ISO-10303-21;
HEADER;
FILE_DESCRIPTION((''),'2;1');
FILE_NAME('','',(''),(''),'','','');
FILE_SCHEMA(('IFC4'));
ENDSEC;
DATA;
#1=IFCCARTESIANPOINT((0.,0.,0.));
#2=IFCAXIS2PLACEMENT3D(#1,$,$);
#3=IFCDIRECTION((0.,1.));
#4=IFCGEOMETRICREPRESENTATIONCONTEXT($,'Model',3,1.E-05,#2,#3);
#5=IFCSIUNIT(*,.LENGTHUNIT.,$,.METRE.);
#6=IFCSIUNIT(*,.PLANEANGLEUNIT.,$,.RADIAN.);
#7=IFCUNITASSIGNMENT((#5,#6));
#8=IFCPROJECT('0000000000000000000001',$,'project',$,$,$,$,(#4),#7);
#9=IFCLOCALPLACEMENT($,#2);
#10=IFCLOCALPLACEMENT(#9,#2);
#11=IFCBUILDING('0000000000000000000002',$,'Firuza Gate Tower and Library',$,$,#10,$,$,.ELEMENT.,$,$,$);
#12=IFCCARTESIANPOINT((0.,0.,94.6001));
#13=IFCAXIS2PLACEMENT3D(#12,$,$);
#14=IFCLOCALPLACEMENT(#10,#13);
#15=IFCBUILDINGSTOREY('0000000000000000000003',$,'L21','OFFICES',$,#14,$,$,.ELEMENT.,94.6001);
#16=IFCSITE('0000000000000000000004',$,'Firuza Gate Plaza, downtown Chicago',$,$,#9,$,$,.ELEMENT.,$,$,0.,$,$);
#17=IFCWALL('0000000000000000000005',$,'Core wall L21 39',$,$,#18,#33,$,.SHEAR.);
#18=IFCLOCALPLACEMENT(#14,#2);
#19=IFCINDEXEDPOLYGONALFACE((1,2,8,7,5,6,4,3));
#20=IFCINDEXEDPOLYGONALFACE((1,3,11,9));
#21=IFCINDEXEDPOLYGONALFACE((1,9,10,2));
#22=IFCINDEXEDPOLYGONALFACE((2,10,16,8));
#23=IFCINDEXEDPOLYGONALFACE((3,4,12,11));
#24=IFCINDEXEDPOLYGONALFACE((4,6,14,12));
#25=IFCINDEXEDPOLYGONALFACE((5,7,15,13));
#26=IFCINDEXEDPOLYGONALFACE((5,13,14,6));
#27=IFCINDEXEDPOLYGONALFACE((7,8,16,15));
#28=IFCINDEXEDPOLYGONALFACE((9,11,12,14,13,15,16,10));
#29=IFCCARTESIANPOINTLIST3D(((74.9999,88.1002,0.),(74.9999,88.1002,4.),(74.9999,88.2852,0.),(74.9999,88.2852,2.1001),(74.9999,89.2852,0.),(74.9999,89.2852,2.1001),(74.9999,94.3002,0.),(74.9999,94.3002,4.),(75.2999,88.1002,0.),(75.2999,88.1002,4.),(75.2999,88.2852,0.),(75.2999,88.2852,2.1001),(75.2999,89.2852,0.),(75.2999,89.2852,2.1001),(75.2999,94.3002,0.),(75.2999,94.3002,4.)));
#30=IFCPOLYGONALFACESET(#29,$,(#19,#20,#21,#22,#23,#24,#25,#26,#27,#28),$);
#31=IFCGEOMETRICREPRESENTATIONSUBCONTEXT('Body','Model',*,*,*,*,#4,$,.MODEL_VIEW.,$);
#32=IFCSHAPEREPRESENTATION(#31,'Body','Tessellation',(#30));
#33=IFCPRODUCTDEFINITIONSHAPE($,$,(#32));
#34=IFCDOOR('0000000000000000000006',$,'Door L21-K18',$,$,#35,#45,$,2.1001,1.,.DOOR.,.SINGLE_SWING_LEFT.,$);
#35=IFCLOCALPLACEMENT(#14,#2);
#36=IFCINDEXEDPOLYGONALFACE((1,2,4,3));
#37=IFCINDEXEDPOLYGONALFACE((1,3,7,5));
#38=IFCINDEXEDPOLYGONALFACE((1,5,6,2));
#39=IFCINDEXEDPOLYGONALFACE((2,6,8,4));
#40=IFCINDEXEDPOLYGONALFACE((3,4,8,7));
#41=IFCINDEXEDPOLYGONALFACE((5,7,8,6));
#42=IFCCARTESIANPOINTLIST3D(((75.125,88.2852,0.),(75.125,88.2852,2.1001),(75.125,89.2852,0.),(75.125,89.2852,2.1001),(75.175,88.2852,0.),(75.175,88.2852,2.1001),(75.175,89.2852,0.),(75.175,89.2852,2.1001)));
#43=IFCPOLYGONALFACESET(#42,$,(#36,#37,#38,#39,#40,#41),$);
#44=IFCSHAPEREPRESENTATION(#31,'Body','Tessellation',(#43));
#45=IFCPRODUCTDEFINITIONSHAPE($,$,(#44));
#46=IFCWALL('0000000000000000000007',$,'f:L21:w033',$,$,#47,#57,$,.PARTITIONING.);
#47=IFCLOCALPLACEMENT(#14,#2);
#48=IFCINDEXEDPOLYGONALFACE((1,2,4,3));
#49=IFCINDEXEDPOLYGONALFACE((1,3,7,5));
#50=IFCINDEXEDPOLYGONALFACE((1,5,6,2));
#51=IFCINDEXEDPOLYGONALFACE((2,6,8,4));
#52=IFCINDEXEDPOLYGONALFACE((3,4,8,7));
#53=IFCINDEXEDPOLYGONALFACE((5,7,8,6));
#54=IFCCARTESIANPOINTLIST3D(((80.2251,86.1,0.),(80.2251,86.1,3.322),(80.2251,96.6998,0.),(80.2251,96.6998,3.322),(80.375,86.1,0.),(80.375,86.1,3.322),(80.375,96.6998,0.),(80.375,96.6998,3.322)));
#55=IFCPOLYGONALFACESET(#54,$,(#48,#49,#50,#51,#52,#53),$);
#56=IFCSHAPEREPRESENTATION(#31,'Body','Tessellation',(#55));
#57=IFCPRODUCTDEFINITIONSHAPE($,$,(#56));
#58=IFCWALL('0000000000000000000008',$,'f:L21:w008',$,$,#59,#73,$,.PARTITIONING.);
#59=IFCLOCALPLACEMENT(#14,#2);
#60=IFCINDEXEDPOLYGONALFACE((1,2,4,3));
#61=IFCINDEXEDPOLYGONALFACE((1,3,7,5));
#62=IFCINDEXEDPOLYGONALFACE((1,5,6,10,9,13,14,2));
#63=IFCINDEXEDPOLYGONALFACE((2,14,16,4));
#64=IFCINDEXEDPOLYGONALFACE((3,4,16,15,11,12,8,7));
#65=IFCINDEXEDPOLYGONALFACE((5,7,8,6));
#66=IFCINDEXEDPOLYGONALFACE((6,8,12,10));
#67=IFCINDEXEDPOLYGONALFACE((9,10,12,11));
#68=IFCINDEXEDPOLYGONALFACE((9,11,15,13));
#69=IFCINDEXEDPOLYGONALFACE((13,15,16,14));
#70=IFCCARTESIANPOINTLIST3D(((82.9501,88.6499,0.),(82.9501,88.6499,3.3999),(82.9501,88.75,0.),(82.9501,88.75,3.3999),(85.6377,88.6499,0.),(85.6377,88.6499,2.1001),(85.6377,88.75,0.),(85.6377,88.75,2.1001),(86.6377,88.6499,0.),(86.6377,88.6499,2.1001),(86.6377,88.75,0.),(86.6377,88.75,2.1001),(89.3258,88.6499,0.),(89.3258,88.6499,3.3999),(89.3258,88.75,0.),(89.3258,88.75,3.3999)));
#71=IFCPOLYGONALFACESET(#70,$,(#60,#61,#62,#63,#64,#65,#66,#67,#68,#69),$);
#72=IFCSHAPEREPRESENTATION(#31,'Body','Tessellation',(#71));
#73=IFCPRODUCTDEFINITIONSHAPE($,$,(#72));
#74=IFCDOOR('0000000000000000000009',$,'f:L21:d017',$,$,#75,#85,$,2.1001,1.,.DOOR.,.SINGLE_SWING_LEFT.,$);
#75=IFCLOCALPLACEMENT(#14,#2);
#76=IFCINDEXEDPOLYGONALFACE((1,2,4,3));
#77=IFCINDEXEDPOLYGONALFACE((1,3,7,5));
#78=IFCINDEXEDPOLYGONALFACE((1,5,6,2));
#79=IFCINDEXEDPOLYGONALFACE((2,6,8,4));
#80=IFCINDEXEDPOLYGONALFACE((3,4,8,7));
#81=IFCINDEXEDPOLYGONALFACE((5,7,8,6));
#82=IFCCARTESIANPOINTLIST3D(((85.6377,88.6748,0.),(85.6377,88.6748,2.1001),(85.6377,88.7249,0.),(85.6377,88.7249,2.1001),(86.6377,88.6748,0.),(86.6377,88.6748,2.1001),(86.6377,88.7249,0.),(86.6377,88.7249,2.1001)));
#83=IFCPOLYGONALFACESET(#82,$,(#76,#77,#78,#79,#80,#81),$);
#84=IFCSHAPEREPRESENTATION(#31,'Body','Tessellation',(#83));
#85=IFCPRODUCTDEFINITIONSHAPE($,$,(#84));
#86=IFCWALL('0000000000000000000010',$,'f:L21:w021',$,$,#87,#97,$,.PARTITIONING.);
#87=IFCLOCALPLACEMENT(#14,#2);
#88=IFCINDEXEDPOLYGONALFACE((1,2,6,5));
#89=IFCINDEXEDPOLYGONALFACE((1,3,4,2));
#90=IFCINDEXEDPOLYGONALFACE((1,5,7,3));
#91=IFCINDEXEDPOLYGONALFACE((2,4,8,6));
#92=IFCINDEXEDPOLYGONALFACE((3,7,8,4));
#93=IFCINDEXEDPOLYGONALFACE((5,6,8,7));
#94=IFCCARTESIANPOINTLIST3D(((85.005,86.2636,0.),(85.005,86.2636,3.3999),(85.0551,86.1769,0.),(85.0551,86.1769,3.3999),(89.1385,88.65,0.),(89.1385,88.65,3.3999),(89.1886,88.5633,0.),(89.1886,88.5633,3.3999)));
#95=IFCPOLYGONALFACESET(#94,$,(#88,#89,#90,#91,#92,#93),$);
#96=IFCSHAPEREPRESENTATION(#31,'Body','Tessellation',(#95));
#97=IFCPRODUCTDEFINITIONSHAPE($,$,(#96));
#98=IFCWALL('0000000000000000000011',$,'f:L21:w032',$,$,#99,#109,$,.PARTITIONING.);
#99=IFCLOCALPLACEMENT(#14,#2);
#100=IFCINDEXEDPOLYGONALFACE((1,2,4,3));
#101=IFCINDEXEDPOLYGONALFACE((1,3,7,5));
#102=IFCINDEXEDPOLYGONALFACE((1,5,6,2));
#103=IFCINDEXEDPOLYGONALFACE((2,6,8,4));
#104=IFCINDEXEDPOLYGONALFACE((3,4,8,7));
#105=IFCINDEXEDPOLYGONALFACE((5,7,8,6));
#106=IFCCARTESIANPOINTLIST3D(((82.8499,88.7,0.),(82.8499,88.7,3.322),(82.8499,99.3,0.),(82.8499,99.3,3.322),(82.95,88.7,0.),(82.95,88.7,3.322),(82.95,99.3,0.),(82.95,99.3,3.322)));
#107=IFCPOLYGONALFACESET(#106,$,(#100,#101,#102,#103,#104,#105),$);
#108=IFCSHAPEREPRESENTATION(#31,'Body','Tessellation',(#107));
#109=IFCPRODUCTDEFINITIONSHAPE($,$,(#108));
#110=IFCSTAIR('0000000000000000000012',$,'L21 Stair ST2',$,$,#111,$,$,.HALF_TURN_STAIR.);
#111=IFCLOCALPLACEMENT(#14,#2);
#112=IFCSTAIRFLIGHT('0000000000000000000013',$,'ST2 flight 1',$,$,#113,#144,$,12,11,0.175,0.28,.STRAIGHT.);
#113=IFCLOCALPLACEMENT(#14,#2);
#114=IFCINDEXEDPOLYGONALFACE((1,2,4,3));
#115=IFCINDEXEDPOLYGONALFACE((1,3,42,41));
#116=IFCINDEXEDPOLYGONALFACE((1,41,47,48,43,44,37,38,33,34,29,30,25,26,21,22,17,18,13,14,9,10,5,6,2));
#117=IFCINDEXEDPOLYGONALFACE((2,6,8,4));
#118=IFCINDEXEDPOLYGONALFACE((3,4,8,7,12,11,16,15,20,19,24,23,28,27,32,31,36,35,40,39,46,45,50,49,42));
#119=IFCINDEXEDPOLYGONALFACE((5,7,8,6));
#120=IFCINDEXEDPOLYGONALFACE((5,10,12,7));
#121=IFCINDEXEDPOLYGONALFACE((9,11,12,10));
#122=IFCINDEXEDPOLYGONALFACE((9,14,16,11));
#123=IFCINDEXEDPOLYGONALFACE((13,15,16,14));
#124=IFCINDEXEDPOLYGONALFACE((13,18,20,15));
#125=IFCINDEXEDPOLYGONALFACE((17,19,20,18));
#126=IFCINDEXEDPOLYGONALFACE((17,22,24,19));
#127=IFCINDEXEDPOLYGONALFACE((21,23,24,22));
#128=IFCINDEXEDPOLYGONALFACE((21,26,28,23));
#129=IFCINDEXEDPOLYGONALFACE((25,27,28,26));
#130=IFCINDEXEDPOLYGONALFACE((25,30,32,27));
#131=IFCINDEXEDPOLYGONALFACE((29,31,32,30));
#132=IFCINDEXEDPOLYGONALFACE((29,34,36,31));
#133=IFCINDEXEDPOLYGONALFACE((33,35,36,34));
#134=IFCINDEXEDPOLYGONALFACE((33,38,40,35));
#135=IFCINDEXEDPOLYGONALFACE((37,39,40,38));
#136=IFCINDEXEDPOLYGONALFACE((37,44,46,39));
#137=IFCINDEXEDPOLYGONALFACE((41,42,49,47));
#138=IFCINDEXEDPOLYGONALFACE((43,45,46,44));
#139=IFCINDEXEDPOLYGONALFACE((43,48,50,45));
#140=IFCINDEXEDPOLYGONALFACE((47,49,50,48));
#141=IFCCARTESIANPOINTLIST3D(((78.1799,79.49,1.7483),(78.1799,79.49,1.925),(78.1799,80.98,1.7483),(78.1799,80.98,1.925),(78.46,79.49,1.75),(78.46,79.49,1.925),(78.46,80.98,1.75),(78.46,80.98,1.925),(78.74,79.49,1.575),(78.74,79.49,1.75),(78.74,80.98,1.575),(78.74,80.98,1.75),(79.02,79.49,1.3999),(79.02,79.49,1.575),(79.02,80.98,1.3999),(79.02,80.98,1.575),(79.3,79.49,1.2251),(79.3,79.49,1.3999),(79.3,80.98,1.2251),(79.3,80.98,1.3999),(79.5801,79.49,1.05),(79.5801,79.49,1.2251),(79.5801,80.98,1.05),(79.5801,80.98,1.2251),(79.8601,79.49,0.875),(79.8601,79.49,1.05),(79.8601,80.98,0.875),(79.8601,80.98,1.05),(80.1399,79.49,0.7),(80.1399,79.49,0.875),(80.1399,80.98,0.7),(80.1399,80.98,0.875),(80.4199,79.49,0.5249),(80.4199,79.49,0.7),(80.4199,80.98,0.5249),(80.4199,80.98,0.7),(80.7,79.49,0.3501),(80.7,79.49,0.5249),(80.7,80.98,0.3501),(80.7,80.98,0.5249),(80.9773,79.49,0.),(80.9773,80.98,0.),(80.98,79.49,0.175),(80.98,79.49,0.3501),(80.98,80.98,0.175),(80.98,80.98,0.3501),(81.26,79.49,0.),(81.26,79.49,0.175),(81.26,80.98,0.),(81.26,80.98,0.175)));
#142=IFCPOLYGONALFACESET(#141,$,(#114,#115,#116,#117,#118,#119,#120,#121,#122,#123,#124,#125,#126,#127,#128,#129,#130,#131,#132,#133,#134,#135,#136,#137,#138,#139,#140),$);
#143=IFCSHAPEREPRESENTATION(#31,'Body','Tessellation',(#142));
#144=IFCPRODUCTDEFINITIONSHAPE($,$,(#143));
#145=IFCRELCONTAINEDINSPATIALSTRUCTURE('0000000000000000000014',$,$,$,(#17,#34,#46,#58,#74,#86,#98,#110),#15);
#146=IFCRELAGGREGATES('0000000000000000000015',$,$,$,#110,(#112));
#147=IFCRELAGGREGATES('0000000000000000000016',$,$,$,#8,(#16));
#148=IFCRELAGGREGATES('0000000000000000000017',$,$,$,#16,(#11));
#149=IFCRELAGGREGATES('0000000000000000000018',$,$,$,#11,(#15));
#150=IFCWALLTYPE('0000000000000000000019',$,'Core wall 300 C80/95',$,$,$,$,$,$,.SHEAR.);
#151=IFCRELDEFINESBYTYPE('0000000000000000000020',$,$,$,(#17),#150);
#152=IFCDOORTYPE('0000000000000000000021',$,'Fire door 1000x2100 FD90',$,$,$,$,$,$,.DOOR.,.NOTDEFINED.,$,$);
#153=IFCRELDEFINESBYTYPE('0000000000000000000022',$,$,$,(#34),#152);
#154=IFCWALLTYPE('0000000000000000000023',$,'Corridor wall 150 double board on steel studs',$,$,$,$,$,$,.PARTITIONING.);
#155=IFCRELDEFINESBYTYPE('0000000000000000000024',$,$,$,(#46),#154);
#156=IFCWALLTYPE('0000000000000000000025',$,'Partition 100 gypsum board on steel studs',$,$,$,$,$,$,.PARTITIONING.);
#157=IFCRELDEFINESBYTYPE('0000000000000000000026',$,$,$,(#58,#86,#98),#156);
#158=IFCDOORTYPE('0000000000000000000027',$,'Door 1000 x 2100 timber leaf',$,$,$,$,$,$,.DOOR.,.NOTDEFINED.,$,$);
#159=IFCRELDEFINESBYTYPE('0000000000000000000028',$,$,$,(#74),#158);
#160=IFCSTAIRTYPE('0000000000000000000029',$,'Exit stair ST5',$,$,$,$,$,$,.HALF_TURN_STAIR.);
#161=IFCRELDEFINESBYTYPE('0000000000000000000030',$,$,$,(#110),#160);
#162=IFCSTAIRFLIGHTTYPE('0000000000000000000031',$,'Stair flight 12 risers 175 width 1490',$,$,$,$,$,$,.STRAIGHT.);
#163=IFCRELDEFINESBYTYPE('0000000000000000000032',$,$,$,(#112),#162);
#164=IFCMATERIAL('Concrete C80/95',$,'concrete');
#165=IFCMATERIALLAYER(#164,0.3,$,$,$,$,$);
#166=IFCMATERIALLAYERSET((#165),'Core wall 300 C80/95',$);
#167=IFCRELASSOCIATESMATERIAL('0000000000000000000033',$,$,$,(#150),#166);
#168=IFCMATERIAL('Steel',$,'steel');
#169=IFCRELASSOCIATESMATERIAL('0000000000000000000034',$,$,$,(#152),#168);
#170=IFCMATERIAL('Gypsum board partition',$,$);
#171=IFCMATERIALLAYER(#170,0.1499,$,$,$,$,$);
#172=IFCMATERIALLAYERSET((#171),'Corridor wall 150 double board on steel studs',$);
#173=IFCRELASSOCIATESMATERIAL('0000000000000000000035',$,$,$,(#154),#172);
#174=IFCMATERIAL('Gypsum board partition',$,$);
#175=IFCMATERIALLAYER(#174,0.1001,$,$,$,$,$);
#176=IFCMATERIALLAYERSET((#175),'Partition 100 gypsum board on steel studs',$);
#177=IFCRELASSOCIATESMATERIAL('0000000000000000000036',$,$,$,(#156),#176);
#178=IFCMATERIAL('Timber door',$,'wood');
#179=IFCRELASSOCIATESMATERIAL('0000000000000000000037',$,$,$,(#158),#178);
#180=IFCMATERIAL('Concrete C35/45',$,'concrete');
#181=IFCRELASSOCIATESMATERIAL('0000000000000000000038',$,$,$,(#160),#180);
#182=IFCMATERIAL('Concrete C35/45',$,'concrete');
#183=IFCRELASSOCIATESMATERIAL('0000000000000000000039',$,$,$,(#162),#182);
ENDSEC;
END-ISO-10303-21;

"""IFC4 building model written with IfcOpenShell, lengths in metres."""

from ifc_helpers import new_model, si_unit, direction, frame, frame_2d, origin, place, context, subcontext, project, spatial, polyline, rectangle, outline, extrude, material, layer, layer_set, type_object, element, fill, aggregate, save


model = new_model("IFC4")

# Units and contexts
model_context = context("Model", 3, precision=1e-05, world=origin(), true_north=direction((0.0, 1.0)))
body_context = subcontext(model_context, "Body", "Model", "MODEL_VIEW")
ifc_project = project(units=[si_unit("LENGTHUNIT", "METRE"), si_unit("PLANEANGLEUNIT", "RADIAN")], contexts=[model_context])

# Site, building, storey
site_placement = place(None, origin())
site = spatial("IfcSite", under=ifc_project, at=site_placement, Name="Firuza Gate Plaza, downtown Chicago", CompositionType="ELEMENT", RefElevation=0.0)
building_placement = place(site_placement, origin())
building = spatial("IfcBuilding", under=site, at=building_placement, Name="Firuza Gate Tower and Library", CompositionType="ELEMENT")
storey_placement = place(building_placement, frame((0.0, 0.0, 94.6001)))
storey = spatial("IfcBuildingStorey", under=building, at=storey_placement, Name="L21", Description="OFFICES", CompositionType="ELEMENT", Elevation=94.6001)

# Shared definitions
ifc_material_1 = material(Name="Concrete C80/95", Category="concrete")
ifc_layer_1 = layer(ifc_material_1, 0.3)
ifc_layer_set_1 = layer_set([ifc_layer_1], Name="Core wall 300 C80/95")
wall_type_1 = type_object("IfcWallType", Name="Core wall 300 C80/95", PredefinedType="SHEAR", material=ifc_layer_set_1)

# Shared definitions
ifc_material_2 = material(Name="Steel", Category="steel")
door_type_1 = type_object("IfcDoorType", Name="Fire door 1000x2100 FD90", OperationType="NOTDEFINED", PredefinedType="DOOR", material=ifc_material_2)

# Wall, opening, door
wall_1_placement = place(storey_placement, frame((75.1499, 88.1001, 0.0), z_axis=(0.0, 0.0, 1.0), x_axis=(0.0, 1.0, 0.0)))
wall_1 = element("IfcWall", 1, at=wall_1_placement, inside=storey, type_object=wall_type_1, Name="Core wall L21 39", PredefinedType="SHEAR", context=body_context, shape_type="SweptSolid", body=[
    extrude(rectangle(XDim=6.2, YDim=0.3, at=frame_2d((3.1001, 0.0))), origin(), (0.0, 0.0, 1.0), 4.0),
])
opening_1_placement = place(wall_1_placement, frame((0.1851, 0.0, 0.0)))
opening_1 = element("IfcOpeningElement", 2, at=opening_1_placement, cuts=wall_1, PredefinedType="OPENING", context=body_context, shape_type="SweptSolid", body=[
    extrude(rectangle(XDim=1.0, YDim=2.1001, at=frame_2d((0.5, 1.05))), frame((0.0, 0.1602, 0.0), z_axis=(0.0, -1.0, 0.0), x_axis=(1.0, 0.0, 0.0)), (0.0, 0.0, 1.0), 0.3201),
])
door_1_placement = place(opening_1_placement, origin())
door_1 = element("IfcDoor", 3, at=door_1_placement, inside=storey, type_object=door_type_1, Name="Door L21-K18", OperationType="SINGLE_SWING_LEFT", OverallHeight=2.1001, OverallWidth=1.0, PredefinedType="DOOR", context=body_context, shape_type="SweptSolid", body=[
    extrude(rectangle(XDim=1.0, YDim=2.1001, at=frame_2d((0.5, 1.05))), frame((0.0, 0.0249, 0.0), z_axis=(0.0, -1.0, 0.0), x_axis=(1.0, 0.0, 0.0)), (0.0, 0.0, 1.0), 0.05),
])
fill(opening_1, door_1)

# Wall
ifc_material_3 = material(Name="Gypsum board partition")
ifc_layer_2 = layer(ifc_material_3, 0.1499)
ifc_layer_set_2 = layer_set([ifc_layer_2], Name="Corridor wall 150 double board on steel studs")
wall_type_2 = type_object("IfcWallType", Name="Corridor wall 150 double board on steel studs", PredefinedType="PARTITIONING", material=ifc_layer_set_2)
wall_2_placement = place(storey_placement, frame((80.3, 86.1001, 0.0), z_axis=(0.0, 0.0, 1.0), x_axis=(0.0, 1.0, 0.0)))
element("IfcWall", 4, at=wall_2_placement, inside=storey, type_object=wall_type_2, Name="f:L21:w033", PredefinedType="PARTITIONING", context=body_context, shape_type="SweptSolid", body=[
    extrude(rectangle(XDim=10.5999, YDim=0.1499, at=frame_2d((5.2998, 0.0))), origin(), (0.0, 0.0, 1.0), 3.322),
])

# Wall, opening, door
ifc_material_4 = material(Name="Gypsum board partition")
ifc_layer_3 = layer(ifc_material_4, 0.1001)
ifc_layer_set_3 = layer_set([ifc_layer_3], Name="Partition 100 gypsum board on steel studs")
wall_type_3 = type_object("IfcWallType", Name="Partition 100 gypsum board on steel studs", PredefinedType="PARTITIONING", material=ifc_layer_set_3)
wall_3_placement = place(storey_placement, frame((82.95, 88.7, 0.0), z_axis=(0.0, 0.0, 1.0), x_axis=(1.0, 0.0, 0.0)))
wall_3 = element("IfcWall", 5, at=wall_3_placement, inside=storey, type_object=wall_type_3, Name="f:L21:w008", PredefinedType="PARTITIONING", context=body_context, shape_type="SweptSolid", body=[
    extrude(rectangle(XDim=6.3757, YDim=0.1001, at=frame_2d((3.188, 0.0))), origin(), (0.0, 0.0, 1.0), 3.3999),
])
opening_2_placement = place(wall_3_placement, frame((2.6877, 0.0, 0.0)))
opening_2 = element("IfcOpeningElement", 6, at=opening_2_placement, cuts=wall_3, PredefinedType="OPENING", context=body_context, shape_type="SweptSolid", body=[
    extrude(rectangle(XDim=1.0, YDim=2.1001, at=frame_2d((0.5, 1.05))), frame((0.0, 0.0601, 0.0), z_axis=(0.0, -1.0, 0.0), x_axis=(1.0, 0.0, 0.0)), (0.0, 0.0, 1.0), 0.1201),
])
ifc_material_5 = material(Name="Timber door", Category="wood")
door_type_2 = type_object("IfcDoorType", Name="Door 1000 x 2100 timber leaf", OperationType="NOTDEFINED", PredefinedType="DOOR", material=ifc_material_5)
door_2_placement = place(opening_2_placement, origin())
door_2 = element("IfcDoor", 7, at=door_2_placement, inside=storey, type_object=door_type_2, Name="f:L21:d017", OperationType="SINGLE_SWING_LEFT", OverallHeight=2.1001, OverallWidth=1.0, PredefinedType="DOOR", context=body_context, shape_type="SweptSolid", body=[
    extrude(rectangle(XDim=1.0, YDim=2.1001, at=frame_2d((0.5, 1.05))), frame((0.0, 0.0249, 0.0), z_axis=(0.0, -1.0, 0.0), x_axis=(1.0, 0.0, 0.0)), (0.0, 0.0, 1.0), 0.05),
])
fill(opening_2, door_2)

# Walls
wall_4_placement = place(storey_placement, frame((85.03, 86.2202, 0.0), z_axis=(0.0, 0.0, 1.0), x_axis=(0.866028, 0.499995, 0.0)))
element("IfcWall", 8, at=wall_4_placement, inside=storey, type_object=wall_type_3, Name="f:L21:w021", PredefinedType="PARTITIONING", context=body_context, shape_type="SweptSolid", body=[
    extrude(rectangle(XDim=4.7729, YDim=0.1001, at=frame_2d((2.3865, 0.0))), origin(), (0.0, 0.0, 1.0), 3.3999),
])
wall_5_placement = place(storey_placement, frame((82.8999, 88.7, 0.0), z_axis=(0.0, 0.0, 1.0), x_axis=(0.0, 1.0, 0.0)))
element("IfcWall", 9, at=wall_5_placement, inside=storey, type_object=wall_type_3, Name="f:L21:w032", PredefinedType="PARTITIONING", context=body_context, shape_type="SweptSolid", body=[
    extrude(rectangle(XDim=10.6001, YDim=0.1001, at=frame_2d((5.3, 0.0))), origin(), (0.0, 0.0, 1.0), 3.322),
])

# Stair, stair flight
ifc_material_6 = material(Name="Concrete C35/45", Category="concrete")
stair_type = type_object("IfcStairType", Name="Exit stair ST5", PredefinedType="HALF_TURN_STAIR", material=ifc_material_6)
stair_placement = place(storey_placement, origin())
stair = element("IfcStair", 10, at=stair_placement, inside=storey, type_object=stair_type, Name="L21 Stair ST2", PredefinedType="HALF_TURN_STAIR")
ifc_material_7 = material(Name="Concrete C35/45", Category="concrete")
stair_flight_type = type_object("IfcStairFlightType", Name="Stair flight 12 risers 175 width 1490", PredefinedType="STRAIGHT", material=ifc_material_7)
stair_flight_1_placement = place(storey_placement, frame((81.26, 80.2351, 0.0), z_axis=(0.0, 0.0, 1.0), x_axis=(-1.0, 0.0, 0.0)))
stair_flight_1 = element("IfcStairFlight", 11, at=stair_flight_1_placement, type_object=stair_flight_type, Name="ST2 flight 1", NumberOfRisers=12, NumberOfTreads=11, PredefinedType="STRAIGHT", RiserHeight=0.175, TreadLength=0.28, context=body_context, shape_type="SweptSolid", body=[
    extrude(outline(polyline([(0.0, 0.0), (0.0, 0.175), (0.28, 0.175), (0.28, 0.3501), (0.5601, 0.3501), (0.5601, 0.5249), (0.8401, 0.5249), (0.8401, 0.7), (1.1201, 0.7), (1.1201, 0.875), (1.3999, 0.875), (1.3999, 1.05), (1.6799, 1.05), (1.6799, 1.2251), (1.96, 1.2251), (1.96, 1.3999), (2.24, 1.3999), (2.24, 1.575), (2.52, 1.575), (2.52, 1.75), (2.8, 1.75), (2.8, 1.925), (3.0801, 1.925), (3.0801, 2.1001), (3.0801, 1.7483), (0.2827, 0.0), (0.0, 0.0)])), frame((0.0, 0.7451, 0.0), z_axis=(0.0, -1.0, 0.0), x_axis=(1.0, 0.0, 0.0)), (0.0, 0.0, 1.0), 1.49),
])
aggregate(stair, [stair_flight_1])

save(model, "model.ifc")
